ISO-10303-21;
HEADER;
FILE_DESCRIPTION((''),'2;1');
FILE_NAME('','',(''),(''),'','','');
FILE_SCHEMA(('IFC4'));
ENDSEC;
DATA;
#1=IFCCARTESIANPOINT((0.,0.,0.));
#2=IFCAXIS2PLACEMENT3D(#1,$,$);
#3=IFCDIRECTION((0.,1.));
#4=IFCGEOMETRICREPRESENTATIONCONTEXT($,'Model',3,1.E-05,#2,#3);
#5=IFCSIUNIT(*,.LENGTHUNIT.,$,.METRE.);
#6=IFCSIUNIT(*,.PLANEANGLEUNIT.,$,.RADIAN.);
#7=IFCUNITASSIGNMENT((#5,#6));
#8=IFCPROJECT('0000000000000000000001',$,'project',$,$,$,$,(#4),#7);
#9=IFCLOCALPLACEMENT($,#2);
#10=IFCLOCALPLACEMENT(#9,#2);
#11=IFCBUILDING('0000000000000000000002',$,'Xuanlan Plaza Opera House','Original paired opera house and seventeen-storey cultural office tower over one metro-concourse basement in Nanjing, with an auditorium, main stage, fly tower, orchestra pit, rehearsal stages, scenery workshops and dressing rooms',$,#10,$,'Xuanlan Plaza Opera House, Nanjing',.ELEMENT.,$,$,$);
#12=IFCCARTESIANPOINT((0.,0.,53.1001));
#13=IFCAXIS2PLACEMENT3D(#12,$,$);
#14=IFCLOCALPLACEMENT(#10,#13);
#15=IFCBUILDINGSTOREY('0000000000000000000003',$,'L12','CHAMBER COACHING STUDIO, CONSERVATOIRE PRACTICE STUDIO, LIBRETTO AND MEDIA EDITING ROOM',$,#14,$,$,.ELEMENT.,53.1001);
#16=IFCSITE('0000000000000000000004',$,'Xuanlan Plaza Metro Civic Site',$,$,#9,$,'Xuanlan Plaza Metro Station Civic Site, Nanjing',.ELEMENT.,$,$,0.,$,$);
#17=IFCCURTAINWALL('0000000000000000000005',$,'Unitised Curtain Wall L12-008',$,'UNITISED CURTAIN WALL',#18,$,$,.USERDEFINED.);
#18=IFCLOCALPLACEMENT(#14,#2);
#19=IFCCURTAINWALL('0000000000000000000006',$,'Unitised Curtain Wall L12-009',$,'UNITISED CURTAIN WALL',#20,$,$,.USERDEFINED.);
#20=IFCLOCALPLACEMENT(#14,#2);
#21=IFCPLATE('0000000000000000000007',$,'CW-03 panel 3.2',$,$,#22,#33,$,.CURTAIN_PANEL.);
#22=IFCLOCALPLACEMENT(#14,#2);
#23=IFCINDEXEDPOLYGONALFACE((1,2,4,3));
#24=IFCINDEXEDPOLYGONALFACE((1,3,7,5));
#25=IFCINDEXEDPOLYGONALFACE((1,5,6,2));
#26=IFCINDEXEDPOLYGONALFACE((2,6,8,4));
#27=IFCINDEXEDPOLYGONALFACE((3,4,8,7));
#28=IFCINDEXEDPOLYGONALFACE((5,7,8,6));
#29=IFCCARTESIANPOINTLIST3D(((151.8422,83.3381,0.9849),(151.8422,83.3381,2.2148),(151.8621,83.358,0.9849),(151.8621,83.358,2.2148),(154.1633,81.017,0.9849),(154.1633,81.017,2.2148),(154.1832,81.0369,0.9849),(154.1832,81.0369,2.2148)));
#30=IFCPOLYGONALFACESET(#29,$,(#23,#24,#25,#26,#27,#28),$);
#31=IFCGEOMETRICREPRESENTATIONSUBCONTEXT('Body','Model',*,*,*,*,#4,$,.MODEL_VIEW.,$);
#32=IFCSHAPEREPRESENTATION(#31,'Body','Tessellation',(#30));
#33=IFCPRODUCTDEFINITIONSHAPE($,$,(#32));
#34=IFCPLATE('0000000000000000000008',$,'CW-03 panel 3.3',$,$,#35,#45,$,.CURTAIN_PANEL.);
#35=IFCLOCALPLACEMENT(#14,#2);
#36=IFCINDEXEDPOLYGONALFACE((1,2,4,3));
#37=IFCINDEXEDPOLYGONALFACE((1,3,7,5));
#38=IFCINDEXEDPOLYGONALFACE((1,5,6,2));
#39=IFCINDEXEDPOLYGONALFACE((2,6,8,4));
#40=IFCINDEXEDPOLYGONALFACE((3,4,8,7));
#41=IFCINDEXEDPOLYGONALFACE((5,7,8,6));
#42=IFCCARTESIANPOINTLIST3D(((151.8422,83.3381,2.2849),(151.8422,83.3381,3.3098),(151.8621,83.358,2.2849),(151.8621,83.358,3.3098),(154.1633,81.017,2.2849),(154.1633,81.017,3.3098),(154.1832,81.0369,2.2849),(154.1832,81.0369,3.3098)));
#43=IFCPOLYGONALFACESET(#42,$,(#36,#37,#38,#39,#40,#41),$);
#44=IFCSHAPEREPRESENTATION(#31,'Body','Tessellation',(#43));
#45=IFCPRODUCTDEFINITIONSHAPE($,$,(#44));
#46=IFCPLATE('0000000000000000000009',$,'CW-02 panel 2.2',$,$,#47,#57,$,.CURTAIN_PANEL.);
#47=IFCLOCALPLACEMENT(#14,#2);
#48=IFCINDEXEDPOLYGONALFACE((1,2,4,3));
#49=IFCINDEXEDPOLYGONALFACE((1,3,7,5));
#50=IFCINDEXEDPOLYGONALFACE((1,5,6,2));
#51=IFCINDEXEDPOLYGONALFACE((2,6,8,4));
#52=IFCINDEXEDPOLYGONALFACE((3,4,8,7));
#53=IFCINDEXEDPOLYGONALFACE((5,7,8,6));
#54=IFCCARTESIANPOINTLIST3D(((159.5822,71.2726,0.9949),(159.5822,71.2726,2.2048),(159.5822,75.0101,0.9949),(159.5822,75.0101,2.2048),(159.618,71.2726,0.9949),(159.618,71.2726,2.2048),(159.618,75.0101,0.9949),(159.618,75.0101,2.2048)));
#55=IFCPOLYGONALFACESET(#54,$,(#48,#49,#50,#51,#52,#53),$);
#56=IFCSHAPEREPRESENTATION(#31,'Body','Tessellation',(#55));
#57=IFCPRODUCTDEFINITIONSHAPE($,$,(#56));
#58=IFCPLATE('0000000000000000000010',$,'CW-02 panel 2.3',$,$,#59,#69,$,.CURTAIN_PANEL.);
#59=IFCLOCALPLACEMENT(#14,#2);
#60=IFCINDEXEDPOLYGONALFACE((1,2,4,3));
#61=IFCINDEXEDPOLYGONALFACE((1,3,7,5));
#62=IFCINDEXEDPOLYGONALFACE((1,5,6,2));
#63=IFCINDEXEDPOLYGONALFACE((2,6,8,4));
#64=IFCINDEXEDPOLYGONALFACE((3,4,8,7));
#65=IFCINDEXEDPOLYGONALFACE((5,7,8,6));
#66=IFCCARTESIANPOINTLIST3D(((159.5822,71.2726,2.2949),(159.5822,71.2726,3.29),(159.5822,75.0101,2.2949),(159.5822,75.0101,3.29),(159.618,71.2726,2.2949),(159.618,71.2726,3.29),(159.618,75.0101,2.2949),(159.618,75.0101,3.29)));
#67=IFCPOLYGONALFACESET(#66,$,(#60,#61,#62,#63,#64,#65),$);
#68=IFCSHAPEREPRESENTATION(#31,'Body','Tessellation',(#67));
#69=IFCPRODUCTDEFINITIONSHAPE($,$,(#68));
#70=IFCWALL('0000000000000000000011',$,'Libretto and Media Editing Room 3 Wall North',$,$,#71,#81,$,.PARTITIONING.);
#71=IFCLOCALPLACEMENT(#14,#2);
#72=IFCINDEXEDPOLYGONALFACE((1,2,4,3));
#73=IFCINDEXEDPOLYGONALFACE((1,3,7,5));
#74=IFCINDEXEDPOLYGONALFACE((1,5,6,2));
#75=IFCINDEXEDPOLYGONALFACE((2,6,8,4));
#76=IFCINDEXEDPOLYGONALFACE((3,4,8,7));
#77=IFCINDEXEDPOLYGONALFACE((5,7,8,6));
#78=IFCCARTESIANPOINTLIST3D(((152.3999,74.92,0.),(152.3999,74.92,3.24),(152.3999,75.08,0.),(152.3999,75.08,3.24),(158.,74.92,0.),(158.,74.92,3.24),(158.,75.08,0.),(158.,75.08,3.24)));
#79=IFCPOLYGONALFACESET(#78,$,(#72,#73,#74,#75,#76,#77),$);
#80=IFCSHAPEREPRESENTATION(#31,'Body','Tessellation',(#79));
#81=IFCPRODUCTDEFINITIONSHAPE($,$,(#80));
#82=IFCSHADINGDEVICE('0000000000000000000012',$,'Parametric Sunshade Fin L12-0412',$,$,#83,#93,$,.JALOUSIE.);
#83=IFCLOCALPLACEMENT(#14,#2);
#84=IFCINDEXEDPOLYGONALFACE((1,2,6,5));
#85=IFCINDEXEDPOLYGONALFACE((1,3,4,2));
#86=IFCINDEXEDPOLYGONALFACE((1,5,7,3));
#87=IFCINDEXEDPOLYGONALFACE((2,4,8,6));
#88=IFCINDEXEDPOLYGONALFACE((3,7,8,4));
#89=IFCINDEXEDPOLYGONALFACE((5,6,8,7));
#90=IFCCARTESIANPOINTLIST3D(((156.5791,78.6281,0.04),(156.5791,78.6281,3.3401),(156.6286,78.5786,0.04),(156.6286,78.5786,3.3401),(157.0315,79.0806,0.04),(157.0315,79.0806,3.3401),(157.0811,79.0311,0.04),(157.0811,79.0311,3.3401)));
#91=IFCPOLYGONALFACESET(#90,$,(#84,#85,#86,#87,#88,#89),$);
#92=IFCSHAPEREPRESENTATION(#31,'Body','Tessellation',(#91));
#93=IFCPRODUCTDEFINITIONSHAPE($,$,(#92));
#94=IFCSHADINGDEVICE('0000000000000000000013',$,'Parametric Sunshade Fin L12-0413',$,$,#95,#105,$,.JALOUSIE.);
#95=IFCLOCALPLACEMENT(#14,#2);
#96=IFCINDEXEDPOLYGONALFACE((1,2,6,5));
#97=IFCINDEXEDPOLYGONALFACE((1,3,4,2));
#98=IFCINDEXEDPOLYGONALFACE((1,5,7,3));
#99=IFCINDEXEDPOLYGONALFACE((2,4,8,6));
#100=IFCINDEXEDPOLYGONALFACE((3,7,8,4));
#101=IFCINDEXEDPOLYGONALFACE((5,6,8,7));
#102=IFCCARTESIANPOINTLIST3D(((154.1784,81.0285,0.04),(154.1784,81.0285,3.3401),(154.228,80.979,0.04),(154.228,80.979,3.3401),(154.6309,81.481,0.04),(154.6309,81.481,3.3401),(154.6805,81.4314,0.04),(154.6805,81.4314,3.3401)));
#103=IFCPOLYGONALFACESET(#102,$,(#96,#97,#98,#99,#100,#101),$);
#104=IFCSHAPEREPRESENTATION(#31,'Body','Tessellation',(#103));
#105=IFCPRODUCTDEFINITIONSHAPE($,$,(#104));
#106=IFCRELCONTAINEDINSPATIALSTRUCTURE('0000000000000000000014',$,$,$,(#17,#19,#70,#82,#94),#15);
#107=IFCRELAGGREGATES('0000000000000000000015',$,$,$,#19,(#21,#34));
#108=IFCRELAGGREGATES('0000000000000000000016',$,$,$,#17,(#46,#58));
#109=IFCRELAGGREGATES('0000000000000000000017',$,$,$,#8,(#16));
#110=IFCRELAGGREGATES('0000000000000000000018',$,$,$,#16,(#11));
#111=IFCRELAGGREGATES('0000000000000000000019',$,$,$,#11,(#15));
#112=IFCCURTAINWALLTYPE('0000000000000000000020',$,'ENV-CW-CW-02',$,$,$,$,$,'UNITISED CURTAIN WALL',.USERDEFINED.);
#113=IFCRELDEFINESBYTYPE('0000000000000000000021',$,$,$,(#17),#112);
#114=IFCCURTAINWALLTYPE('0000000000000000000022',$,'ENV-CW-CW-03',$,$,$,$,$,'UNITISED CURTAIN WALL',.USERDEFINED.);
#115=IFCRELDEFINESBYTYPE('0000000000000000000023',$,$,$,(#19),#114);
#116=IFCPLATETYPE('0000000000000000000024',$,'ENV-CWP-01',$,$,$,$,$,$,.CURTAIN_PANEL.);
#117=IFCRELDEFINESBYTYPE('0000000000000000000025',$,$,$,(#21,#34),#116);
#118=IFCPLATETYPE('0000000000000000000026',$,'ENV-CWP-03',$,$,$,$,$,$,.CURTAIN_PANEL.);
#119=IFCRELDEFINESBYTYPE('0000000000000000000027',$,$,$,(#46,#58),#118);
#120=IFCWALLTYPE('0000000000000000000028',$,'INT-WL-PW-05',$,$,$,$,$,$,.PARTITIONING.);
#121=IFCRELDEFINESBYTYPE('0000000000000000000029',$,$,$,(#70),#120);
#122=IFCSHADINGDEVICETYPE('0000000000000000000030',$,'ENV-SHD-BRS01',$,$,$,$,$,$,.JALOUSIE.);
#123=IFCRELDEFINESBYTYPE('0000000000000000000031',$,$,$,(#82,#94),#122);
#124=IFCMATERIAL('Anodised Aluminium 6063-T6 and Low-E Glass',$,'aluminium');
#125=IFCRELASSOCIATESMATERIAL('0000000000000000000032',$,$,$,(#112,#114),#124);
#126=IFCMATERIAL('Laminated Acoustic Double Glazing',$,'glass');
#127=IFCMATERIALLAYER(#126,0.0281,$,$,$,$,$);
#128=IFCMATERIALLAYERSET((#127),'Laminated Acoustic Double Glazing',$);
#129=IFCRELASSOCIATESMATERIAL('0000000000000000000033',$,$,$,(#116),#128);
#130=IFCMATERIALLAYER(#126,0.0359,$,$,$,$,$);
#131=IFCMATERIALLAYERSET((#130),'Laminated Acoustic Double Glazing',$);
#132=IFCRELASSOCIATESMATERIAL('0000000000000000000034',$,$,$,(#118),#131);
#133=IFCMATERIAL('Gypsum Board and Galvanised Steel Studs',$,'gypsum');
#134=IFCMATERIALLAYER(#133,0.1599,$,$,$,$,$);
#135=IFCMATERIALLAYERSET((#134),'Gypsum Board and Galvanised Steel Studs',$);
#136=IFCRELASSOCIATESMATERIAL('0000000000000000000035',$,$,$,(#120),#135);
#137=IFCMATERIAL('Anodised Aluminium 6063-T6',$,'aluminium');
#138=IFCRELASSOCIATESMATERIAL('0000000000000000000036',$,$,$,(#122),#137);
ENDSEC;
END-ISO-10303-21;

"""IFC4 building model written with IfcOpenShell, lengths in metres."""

from ifc_helpers import new_model, si_unit, direction, frame, frame_2d, origin, origin_2d, place, context, subcontext, project, spatial, rectangle, extrude, material, layer, layer_set, type_object, element, aggregate, save


model = new_model("IFC4")

# Units and contexts
model_context = context("Model", 3, precision=1e-05, world=origin(), true_north=direction((0.0, 1.0)))
body_context = subcontext(model_context, "Body", "Model", "MODEL_VIEW")
ifc_project = project(units=[si_unit("LENGTHUNIT", "METRE"), si_unit("PLANEANGLEUNIT", "RADIAN")], contexts=[model_context])

# Site, building, storey
site_placement = place(None, origin())
site = spatial("IfcSite", under=ifc_project, at=site_placement, Name="Xuanlan Plaza Metro Civic Site", LongName="Xuanlan Plaza Metro Station Civic Site, Nanjing", CompositionType="ELEMENT", RefElevation=0.0)
building_placement = place(site_placement, origin())
building = spatial("IfcBuilding", under=site, at=building_placement, Name="Xuanlan Plaza Opera House", Description="Original paired opera house and seventeen-storey cultural office tower over one metro-concourse basement in Nanjing, with an auditorium, main stage, fly tower, orchestra pit, rehearsal stages, scenery workshops and dressing rooms", LongName="Xuanlan Plaza Opera House, Nanjing", CompositionType="ELEMENT")
storey_placement = place(building_placement, frame((0.0, 0.0, 53.1001)))
storey = spatial("IfcBuildingStorey", under=building, at=storey_placement, Name="L12", Description="CHAMBER COACHING STUDIO, CONSERVATOIRE PRACTICE STUDIO, LIBRETTO AND MEDIA EDITING ROOM", CompositionType="ELEMENT", Elevation=53.1001)

# Curtain wall
ifc_material_1 = material(Name="Anodised Aluminium 6063-T6 and Low-E Glass", Category="aluminium")
curtain_wall_type_1 = type_object("IfcCurtainWallType", Name="ENV-CW-CW-02", ElementType="UNITISED CURTAIN WALL", PredefinedType="USERDEFINED", material=ifc_material_1)
curtain_wall_1_placement = place(storey_placement, origin())
curtain_wall_1 = element("IfcCurtainWall", 1, at=curtain_wall_1_placement, inside=storey, type_object=curtain_wall_type_1, Name="Unitised Curtain Wall L12-008", ObjectType="UNITISED CURTAIN WALL", PredefinedType="USERDEFINED")
ifc_material_2 = material(Name="Anodised Aluminium 6063-T6", Category="aluminium")

# Curtain wall
curtain_wall_type_2 = type_object("IfcCurtainWallType", Name="ENV-CW-CW-03", ElementType="UNITISED CURTAIN WALL", PredefinedType="USERDEFINED", material=ifc_material_1)
curtain_wall_2_placement = place(storey_placement, origin())
curtain_wall_2 = element("IfcCurtainWall", 2, at=curtain_wall_2_placement, inside=storey, type_object=curtain_wall_type_2, Name="Unitised Curtain Wall L12-009", ObjectType="UNITISED CURTAIN WALL", PredefinedType="USERDEFINED")

# Plates
ifc_material_3 = material(Name="Laminated Acoustic Double Glazing", Category="glass")
ifc_layer_1 = layer(ifc_material_3, 0.0281)
ifc_layer_set_1 = layer_set([ifc_layer_1], Name="Laminated Acoustic Double Glazing")
plate_type_1 = type_object("IfcPlateType", Name="ENV-CWP-01", PredefinedType="CURTAIN_PANEL", material=ifc_layer_set_1)
plate_1_placement = place(storey_placement, frame((153.0127, 82.1875, 0.9849), z_axis=(0.0, 0.0, 1.0), x_axis=(-0.707107, 0.707107, 0.0)))
plate_1 = element("IfcPlate", 3, at=plate_1_placement, type_object=plate_type_1, Name="CW-03 panel 3.2", PredefinedType="CURTAIN_PANEL", context=body_context, shape_type="SweptSolid", body=[
    extrude(rectangle(XDim=3.2825, YDim=0.0281, at=origin_2d()), origin(), (0.0, 0.0, 1.0), 1.23),
])
plate_2_placement = place(storey_placement, frame((153.0127, 82.1875, 2.2849), z_axis=(0.0, 0.0, 1.0), x_axis=(-0.707107, 0.707107, 0.0)))
plate_2 = element("IfcPlate", 4, at=plate_2_placement, type_object=plate_type_1, Name="CW-03 panel 3.3", PredefinedType="CURTAIN_PANEL", context=body_context, shape_type="SweptSolid", body=[
    extrude(rectangle(XDim=3.2825, YDim=0.0281, at=origin_2d()), origin(), (0.0, 0.0, 1.0), 1.0249),
])
aggregate(curtain_wall_2, [plate_1, plate_2])
ifc_layer_2 = layer(ifc_material_3, 0.0359)
ifc_layer_set_2 = layer_set([ifc_layer_2], Name="Laminated Acoustic Double Glazing")
plate_type_2 = type_object("IfcPlateType", Name="ENV-CWP-03", PredefinedType="CURTAIN_PANEL", material=ifc_layer_set_2)
plate_3_placement = place(storey_placement, frame((159.6001, 73.1414, 0.9949), z_axis=(0.0, 0.0, 1.0), x_axis=(0.0, 1.0, 0.0)))
plate_3 = element("IfcPlate", 5, at=plate_3_placement, type_object=plate_type_2, Name="CW-02 panel 2.2", PredefinedType="CURTAIN_PANEL", context=body_context, shape_type="SweptSolid", body=[
    extrude(rectangle(XDim=3.7375, YDim=0.0359, at=origin_2d()), origin(), (0.0, 0.0, 1.0), 1.21),
])
plate_4_placement = place(storey_placement, frame((159.6001, 73.1414, 2.2949), z_axis=(0.0, 0.0, 1.0), x_axis=(0.0, 1.0, 0.0)))
plate_4 = element("IfcPlate", 6, at=plate_4_placement, type_object=plate_type_2, Name="CW-02 panel 2.3", PredefinedType="CURTAIN_PANEL", context=body_context, shape_type="SweptSolid", body=[
    extrude(rectangle(XDim=3.7375, YDim=0.0359, at=origin_2d()), origin(), (0.0, 0.0, 1.0), 0.9951),
])
aggregate(curtain_wall_1, [plate_3, plate_4])

# Wall
ifc_material_4 = material(Name="Gypsum Board and Galvanised Steel Studs", Category="gypsum")
ifc_layer_3 = layer(ifc_material_4, 0.1599)
ifc_layer_set_3 = layer_set([ifc_layer_3], Name="Gypsum Board and Galvanised Steel Studs")
wall_type = type_object("IfcWallType", Name="INT-WL-PW-05", PredefinedType="PARTITIONING", material=ifc_layer_set_3)
wall_placement = place(storey_placement, frame((152.3999, 75.0, 0.0), z_axis=(0.0, 0.0, 1.0), x_axis=(1.0, 0.0, 0.0)))
element("IfcWall", 7, at=wall_placement, inside=storey, type_object=wall_type, Name="Libretto and Media Editing Room 3 Wall North", PredefinedType="PARTITIONING", context=body_context, shape_type="SweptSolid", body=[
    extrude(rectangle(XDim=5.6001, YDim=0.1599, at=frame_2d((2.8, 0.0))), origin(), (0.0, 0.0, 1.0), 3.24),
])

# Shading devices
shading_device_type = type_object("IfcShadingDeviceType", Name="ENV-SHD-BRS01", PredefinedType="JALOUSIE", material=ifc_material_2)
for number, where, z_axis, x_axis, name in (
    (8, (156.8301, 78.8296, 0.04), (0.0, 0.0, 1.0), (0.707107, 0.707107, 0.0), "Parametric Sunshade Fin L12-0412"),
    (9, (154.4294, 81.23, 0.04), (0.0, 0.0, 1.0), (0.707107, 0.707107, 0.0), "Parametric Sunshade Fin L12-0413"),
):
    element("IfcShadingDevice", number, at=place(storey_placement, frame(where, z_axis=z_axis, x_axis=x_axis)), inside=storey, type_object=shading_device_type, Name=name, PredefinedType="JALOUSIE", context=body_context, shape_type="SweptSolid", body=[
        extrude(rectangle(XDim=0.6399, YDim=0.0701, at=origin_2d()), origin(), (0.0, 0.0, 1.0), 3.3),
    ])

save(model, "model.ifc")
